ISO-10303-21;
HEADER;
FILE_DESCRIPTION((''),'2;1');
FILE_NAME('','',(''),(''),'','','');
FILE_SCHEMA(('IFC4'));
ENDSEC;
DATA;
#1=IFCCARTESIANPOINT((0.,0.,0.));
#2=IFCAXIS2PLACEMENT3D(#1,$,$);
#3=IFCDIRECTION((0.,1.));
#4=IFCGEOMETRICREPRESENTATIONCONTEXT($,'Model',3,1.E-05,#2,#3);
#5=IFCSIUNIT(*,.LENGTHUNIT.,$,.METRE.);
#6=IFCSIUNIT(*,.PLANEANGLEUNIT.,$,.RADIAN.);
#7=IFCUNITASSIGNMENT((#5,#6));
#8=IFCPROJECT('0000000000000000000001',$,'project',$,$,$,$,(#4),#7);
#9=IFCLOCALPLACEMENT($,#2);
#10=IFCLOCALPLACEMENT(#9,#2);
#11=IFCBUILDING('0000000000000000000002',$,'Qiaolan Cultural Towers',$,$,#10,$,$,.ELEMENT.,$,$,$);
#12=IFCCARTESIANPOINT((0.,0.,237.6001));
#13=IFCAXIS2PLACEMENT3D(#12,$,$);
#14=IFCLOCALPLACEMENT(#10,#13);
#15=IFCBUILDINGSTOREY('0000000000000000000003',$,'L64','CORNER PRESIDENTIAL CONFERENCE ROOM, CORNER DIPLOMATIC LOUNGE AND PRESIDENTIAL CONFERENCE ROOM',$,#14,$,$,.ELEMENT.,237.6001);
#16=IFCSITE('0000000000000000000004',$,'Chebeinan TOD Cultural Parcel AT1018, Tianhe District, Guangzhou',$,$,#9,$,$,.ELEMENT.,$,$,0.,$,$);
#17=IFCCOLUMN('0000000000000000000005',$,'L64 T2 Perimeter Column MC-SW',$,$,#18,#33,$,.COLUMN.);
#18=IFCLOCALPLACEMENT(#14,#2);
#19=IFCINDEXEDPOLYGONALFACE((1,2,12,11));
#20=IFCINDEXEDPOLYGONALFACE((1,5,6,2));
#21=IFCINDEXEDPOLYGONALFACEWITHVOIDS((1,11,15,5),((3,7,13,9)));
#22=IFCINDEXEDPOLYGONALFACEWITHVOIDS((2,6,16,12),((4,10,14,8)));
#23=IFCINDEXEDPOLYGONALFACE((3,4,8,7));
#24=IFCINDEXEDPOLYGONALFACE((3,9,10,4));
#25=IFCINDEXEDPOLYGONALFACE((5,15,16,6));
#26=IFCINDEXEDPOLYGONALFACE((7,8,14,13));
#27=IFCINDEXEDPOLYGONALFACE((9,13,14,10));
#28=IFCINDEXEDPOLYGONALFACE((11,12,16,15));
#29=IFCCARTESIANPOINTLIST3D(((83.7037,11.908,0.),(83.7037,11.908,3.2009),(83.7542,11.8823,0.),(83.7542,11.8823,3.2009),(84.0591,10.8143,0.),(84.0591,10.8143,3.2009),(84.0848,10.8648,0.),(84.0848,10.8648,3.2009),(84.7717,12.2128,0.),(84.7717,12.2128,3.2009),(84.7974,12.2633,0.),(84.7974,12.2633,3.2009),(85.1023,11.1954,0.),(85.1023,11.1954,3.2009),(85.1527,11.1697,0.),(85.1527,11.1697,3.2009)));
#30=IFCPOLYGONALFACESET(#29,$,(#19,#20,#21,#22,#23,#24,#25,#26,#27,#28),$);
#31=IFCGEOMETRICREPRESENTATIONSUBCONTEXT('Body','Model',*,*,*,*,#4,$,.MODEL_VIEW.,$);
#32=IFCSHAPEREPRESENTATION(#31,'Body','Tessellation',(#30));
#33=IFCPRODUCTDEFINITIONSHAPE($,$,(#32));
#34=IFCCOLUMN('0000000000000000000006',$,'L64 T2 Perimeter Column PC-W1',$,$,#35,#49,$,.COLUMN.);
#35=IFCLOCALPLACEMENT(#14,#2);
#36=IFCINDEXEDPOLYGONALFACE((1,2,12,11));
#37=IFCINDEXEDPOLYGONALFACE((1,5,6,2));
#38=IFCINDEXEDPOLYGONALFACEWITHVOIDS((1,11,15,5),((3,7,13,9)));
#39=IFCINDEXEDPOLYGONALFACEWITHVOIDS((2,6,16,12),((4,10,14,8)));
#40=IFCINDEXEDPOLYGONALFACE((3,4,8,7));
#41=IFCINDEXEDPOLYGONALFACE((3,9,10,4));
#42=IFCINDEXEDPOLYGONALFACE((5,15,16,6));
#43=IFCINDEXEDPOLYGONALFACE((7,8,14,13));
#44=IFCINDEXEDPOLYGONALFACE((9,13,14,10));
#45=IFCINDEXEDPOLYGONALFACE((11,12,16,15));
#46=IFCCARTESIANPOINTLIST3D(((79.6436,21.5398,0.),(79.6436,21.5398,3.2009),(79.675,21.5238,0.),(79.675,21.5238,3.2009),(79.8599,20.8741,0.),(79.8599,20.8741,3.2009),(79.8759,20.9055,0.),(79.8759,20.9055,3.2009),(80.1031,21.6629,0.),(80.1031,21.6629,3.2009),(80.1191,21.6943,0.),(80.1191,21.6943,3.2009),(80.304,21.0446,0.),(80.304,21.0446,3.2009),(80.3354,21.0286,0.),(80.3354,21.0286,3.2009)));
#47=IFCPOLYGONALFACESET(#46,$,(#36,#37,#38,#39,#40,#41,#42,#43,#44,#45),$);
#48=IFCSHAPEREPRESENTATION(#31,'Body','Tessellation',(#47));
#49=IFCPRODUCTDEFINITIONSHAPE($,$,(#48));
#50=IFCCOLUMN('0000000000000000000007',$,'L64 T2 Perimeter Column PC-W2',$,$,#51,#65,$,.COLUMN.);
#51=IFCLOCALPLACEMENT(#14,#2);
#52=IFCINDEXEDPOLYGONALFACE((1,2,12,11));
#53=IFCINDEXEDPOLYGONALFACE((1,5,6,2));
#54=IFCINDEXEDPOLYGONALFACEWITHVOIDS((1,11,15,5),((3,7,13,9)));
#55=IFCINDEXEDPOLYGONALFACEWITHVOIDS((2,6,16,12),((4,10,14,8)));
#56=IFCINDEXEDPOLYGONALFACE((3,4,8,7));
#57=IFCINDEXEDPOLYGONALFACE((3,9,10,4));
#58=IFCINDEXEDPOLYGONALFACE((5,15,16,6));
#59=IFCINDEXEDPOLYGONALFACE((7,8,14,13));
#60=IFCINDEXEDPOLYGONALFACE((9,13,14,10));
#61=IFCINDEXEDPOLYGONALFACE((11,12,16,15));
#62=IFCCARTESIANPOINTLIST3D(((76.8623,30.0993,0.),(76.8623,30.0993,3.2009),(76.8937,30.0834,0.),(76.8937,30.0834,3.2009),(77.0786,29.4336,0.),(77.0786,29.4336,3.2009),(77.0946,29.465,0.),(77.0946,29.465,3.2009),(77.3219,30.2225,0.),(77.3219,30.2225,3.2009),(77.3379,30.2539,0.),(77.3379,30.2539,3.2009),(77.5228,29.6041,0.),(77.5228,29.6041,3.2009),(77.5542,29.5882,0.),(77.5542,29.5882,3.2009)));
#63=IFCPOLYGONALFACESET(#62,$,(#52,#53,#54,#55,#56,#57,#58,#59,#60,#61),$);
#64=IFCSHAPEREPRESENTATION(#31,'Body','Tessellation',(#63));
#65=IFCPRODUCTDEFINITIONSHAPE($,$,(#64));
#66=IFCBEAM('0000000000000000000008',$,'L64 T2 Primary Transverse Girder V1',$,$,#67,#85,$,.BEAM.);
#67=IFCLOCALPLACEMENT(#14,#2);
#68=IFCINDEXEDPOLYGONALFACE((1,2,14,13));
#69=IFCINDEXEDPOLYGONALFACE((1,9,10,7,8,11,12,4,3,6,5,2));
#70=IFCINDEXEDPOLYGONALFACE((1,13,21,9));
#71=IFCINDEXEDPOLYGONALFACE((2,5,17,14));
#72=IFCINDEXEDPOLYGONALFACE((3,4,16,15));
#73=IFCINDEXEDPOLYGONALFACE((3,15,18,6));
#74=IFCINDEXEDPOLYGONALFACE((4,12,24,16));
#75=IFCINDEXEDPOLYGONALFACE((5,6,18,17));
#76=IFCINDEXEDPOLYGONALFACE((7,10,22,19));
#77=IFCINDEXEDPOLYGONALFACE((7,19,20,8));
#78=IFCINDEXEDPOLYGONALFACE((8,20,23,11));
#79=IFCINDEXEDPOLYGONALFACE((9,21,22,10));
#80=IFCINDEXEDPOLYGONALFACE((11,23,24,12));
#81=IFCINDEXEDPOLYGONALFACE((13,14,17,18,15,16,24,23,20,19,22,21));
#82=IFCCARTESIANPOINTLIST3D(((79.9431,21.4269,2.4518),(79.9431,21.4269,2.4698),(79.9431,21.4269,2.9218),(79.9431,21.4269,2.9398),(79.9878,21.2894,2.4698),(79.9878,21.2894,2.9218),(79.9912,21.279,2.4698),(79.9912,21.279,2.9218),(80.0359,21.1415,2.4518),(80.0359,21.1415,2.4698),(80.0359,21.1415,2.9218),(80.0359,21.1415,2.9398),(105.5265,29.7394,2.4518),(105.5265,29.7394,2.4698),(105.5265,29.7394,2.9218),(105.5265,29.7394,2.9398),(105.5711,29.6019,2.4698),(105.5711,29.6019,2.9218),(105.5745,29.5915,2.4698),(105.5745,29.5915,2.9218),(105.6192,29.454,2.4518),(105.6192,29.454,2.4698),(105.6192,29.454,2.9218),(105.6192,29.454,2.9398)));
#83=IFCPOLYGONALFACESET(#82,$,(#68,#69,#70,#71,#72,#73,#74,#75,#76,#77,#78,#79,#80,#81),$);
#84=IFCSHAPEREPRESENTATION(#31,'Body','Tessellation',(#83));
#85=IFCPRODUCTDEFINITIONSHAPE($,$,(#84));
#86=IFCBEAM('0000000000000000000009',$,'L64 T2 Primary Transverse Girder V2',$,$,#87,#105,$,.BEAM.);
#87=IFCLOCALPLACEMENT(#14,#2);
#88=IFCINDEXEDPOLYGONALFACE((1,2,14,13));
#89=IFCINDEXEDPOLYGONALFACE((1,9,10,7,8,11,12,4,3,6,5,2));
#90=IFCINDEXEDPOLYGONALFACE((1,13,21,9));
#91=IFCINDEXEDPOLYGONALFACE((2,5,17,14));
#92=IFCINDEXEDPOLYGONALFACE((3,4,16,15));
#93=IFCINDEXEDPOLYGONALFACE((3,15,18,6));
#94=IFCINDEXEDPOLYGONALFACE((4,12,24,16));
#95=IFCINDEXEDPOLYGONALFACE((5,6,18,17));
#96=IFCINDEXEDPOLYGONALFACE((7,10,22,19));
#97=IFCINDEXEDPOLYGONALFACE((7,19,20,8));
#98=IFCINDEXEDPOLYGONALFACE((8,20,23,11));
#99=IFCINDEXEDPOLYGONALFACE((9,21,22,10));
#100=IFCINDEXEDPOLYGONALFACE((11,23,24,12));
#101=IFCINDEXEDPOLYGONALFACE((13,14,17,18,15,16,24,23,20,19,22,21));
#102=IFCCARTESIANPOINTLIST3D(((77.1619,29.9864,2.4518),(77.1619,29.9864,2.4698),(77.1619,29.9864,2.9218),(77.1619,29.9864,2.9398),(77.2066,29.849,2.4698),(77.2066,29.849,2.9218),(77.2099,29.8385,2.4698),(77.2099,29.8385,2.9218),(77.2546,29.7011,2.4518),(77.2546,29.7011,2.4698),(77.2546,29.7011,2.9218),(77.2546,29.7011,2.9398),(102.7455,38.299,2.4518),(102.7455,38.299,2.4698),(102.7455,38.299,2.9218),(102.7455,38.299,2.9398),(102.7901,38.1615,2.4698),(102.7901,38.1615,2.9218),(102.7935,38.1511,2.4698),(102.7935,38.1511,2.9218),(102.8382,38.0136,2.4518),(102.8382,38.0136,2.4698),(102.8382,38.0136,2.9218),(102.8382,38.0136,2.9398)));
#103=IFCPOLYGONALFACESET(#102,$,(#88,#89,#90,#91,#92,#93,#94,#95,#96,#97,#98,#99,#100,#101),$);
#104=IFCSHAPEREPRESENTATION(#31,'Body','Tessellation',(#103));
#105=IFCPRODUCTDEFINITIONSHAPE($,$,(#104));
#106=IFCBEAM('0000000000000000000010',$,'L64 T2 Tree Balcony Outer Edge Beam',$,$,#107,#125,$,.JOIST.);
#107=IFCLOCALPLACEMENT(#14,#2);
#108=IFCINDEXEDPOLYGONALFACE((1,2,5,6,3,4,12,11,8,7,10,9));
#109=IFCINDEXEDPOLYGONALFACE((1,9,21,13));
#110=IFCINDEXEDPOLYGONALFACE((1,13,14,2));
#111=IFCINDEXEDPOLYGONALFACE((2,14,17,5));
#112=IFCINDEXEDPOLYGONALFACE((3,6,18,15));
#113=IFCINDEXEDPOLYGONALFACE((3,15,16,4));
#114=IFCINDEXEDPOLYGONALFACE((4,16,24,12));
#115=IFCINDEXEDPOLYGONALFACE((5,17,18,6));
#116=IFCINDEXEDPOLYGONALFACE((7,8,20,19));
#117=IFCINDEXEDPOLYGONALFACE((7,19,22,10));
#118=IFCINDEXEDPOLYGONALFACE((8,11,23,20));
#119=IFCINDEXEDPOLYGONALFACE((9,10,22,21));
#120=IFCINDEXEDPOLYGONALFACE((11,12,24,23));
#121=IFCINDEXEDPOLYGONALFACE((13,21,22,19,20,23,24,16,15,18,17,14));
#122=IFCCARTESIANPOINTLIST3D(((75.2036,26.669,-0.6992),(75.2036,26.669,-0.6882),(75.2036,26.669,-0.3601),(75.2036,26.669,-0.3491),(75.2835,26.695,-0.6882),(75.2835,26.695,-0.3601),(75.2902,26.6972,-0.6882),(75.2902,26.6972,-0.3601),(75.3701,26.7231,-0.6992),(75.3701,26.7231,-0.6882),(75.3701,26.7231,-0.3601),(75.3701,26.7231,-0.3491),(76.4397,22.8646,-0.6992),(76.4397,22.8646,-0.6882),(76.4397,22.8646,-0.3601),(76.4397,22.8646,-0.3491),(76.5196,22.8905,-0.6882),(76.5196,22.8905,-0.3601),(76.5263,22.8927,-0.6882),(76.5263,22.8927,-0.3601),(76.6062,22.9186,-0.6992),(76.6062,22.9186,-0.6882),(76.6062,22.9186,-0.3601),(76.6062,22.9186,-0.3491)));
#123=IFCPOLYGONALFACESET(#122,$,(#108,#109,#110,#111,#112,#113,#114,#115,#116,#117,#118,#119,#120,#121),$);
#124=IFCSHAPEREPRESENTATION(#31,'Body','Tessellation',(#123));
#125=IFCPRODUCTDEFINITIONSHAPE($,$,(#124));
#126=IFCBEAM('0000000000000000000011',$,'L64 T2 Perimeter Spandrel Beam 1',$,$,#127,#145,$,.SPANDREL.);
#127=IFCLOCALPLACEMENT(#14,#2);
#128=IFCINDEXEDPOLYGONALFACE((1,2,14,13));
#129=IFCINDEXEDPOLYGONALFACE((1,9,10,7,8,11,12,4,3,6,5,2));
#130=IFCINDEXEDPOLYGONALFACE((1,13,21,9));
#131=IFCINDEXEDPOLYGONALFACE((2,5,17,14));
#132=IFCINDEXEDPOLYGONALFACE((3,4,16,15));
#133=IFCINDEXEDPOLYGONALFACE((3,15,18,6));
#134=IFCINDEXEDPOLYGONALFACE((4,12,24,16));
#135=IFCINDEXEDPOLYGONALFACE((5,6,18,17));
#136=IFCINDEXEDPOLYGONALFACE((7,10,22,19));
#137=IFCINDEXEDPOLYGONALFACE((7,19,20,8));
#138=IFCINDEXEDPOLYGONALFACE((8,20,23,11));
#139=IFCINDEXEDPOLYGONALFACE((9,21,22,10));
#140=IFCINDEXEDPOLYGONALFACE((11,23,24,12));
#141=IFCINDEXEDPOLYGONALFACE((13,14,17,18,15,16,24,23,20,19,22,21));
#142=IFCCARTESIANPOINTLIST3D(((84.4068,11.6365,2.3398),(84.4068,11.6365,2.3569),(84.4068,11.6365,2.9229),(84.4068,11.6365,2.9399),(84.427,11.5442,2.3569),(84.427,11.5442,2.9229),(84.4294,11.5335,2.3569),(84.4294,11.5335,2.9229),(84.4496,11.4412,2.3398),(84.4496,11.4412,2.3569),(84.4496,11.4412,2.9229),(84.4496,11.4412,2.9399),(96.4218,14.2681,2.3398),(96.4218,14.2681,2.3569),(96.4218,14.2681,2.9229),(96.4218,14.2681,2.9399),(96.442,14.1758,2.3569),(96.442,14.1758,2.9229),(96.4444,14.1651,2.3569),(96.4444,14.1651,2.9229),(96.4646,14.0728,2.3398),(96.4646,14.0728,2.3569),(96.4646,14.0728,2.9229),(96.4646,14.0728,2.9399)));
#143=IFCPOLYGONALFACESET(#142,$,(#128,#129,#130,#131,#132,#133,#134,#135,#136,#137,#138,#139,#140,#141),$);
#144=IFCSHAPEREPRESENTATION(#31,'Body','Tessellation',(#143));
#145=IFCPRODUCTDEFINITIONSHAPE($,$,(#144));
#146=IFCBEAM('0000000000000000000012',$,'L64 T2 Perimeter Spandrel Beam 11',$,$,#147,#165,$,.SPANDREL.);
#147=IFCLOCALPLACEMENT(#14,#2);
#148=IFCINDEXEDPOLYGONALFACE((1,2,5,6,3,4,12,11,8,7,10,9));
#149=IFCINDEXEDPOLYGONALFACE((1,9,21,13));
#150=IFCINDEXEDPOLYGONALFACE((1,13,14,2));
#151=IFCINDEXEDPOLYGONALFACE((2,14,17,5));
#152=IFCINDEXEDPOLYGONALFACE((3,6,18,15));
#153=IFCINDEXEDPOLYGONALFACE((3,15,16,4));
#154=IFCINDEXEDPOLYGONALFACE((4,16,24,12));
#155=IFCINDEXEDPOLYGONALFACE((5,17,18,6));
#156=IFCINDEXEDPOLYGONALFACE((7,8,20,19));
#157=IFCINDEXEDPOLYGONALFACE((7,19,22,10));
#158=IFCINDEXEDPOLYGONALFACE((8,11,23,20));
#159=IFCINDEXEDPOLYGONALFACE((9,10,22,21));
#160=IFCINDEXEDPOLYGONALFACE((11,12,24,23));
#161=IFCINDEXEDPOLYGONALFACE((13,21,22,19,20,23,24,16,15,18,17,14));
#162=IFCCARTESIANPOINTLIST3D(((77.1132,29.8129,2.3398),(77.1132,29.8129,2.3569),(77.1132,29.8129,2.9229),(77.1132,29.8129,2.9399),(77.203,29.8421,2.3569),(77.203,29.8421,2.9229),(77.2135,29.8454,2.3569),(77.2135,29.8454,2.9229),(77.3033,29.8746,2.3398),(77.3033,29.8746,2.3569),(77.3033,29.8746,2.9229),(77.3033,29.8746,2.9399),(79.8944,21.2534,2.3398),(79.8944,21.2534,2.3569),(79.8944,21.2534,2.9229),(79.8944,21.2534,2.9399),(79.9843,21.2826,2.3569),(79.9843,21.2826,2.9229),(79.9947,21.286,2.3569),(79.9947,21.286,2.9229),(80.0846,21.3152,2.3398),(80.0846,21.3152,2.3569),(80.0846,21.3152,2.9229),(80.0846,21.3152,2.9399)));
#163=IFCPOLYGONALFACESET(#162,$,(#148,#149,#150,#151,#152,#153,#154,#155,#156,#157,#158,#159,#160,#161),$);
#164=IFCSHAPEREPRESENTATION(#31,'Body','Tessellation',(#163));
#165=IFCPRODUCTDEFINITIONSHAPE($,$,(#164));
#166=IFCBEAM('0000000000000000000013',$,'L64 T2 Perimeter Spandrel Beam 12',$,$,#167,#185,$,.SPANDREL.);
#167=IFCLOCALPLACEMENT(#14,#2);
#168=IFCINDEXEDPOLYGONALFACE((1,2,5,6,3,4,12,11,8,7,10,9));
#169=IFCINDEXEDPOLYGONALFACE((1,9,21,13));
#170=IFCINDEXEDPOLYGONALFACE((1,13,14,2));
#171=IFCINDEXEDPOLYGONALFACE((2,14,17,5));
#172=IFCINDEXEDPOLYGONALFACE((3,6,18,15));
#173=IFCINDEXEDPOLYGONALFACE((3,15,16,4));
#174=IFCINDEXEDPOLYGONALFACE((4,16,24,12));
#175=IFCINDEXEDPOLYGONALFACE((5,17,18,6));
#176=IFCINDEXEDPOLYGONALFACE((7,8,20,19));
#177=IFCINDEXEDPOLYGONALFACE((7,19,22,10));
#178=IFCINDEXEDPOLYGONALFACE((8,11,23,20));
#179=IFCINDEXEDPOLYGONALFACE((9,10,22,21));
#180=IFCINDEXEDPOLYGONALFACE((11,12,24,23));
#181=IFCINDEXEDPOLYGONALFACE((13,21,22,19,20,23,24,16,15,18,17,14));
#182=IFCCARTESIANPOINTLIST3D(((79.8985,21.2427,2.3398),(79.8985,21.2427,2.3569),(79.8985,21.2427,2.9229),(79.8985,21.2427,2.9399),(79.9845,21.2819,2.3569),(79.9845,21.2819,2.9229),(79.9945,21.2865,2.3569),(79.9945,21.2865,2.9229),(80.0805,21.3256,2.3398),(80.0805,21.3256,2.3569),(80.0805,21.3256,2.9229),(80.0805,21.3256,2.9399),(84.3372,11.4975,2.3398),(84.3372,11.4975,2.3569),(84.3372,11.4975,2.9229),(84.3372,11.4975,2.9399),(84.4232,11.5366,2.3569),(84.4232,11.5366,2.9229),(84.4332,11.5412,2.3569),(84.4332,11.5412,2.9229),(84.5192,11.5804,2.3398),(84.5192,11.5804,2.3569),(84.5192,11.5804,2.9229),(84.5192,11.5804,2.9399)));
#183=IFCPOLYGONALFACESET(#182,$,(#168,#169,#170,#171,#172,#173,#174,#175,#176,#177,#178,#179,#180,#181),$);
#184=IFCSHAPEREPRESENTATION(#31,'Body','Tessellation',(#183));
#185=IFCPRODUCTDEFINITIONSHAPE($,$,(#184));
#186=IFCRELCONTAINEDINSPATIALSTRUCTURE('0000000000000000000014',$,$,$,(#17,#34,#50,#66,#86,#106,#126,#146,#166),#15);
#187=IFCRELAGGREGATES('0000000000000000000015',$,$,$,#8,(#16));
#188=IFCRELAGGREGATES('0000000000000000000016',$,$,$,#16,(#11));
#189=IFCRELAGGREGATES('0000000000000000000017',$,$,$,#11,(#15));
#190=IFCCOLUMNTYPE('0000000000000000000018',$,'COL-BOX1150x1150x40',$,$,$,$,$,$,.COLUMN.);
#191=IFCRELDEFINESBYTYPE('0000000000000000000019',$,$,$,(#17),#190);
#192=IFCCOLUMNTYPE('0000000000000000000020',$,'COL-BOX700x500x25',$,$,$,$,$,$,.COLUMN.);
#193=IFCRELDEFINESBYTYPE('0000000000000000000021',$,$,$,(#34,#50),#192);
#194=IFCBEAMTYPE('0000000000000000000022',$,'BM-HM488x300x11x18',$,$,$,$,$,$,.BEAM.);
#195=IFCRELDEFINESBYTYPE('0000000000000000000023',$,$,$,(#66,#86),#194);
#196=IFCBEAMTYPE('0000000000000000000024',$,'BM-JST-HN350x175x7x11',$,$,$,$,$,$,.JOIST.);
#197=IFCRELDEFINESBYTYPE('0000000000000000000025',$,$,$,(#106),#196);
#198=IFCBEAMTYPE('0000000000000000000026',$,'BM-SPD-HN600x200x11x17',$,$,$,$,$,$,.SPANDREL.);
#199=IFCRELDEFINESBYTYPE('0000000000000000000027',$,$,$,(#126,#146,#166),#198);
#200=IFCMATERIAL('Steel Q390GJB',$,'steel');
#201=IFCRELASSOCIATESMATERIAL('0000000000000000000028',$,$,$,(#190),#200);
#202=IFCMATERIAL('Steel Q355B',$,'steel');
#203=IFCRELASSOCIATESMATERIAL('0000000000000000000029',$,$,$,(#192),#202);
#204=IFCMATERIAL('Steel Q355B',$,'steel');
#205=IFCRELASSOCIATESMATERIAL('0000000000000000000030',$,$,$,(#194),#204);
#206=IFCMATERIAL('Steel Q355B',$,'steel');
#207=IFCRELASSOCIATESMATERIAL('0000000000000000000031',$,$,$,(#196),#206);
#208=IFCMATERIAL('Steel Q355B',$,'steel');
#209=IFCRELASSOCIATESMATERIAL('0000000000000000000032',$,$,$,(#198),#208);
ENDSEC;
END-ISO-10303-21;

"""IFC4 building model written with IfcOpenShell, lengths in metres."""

from ifc_helpers import new_model, si_unit, direction, frame, origin, origin_2d, place, context, subcontext, project, spatial, hollow_rectangle, i_section, extrude, material, material_profile, profile_set, type_object, element, save


model = new_model("IFC4")

# Units and contexts
model_context = context("Model", 3, precision=1e-05, world=origin(), true_north=direction((0.0, 1.0)))
body_context = subcontext(model_context, "Body", "Model", "MODEL_VIEW")
ifc_project = project(units=[si_unit("LENGTHUNIT", "METRE"), si_unit("PLANEANGLEUNIT", "RADIAN")], contexts=[model_context])

# Site, building, storey
site_placement = place(None, origin())
site = spatial("IfcSite", under=ifc_project, at=site_placement, Name="Chebeinan TOD Cultural Parcel AT1018, Tianhe District, Guangzhou", CompositionType="ELEMENT", RefElevation=0.0)
building_placement = place(site_placement, origin())
building = spatial("IfcBuilding", under=site, at=building_placement, Name="Qiaolan Cultural Towers", CompositionType="ELEMENT")
storey_placement = place(building_placement, frame((0.0, 0.0, 237.6001)))
storey = spatial("IfcBuildingStorey", under=building, at=storey_placement, Name="L64", Description="CORNER PRESIDENTIAL CONFERENCE ROOM, CORNER DIPLOMATIC LOUNGE AND PRESIDENTIAL CONFERENCE ROOM", CompositionType="ELEMENT", Elevation=237.6001)

# Columns
ifc_material_1 = material(Name="Steel Q390GJB", Category="steel")
ifc_material_profile_1 = material_profile(ifc_material_1, hollow_rectangle(XDim=1.1499, YDim=1.1499, WallThickness=0.04, at=origin_2d()), Name="BOX1150x1150x40")
ifc_profile_set_1 = profile_set([ifc_material_profile_1], Name="Steel Q390GJB")
column_type_1 = type_object("IfcColumnType", Name="COL-BOX1150x1150x40", PredefinedType="COLUMN", material=ifc_profile_set_1)
column_placement = place(storey_placement, frame((84.4282, 11.5388, 0.0), z_axis=(0.0, 0.0, 1.0), x_axis=(0.951057, 0.309017, 0.0)))
element("IfcColumn", 1, at=column_placement, inside=storey, type_object=column_type_1, Name="L64 T2 Perimeter Column MC-SW", PredefinedType="COLUMN", context=body_context, shape_type="SweptSolid", body=[
    extrude(hollow_rectangle(XDim=1.1499, YDim=1.1499, WallThickness=0.04, at=origin_2d()), origin(), (0.0, 0.0, 1.0), 3.2009),
])
ifc_material_2 = material(Name="Steel Q355B", Category="steel")
ifc_material_profile_2 = material_profile(ifc_material_2, hollow_rectangle(XDim=0.5, YDim=0.7, WallThickness=0.0249, at=origin_2d()), Name="BOX700x500x25")
ifc_profile_set_2 = profile_set([ifc_material_profile_2], Name="Steel Q355B")
column_type_2 = type_object("IfcColumnType", Name="COL-BOX700x500x25", PredefinedType="COLUMN", material=ifc_profile_set_2)
for number, where, z_axis, x_axis, name in (
    (2, (79.9895, 21.2842, 0.0), (0.0, 0.0, 1.0), (0.951057, 0.309017, 0.0), "L64 T2 Perimeter Column PC-W1"),
    (3, (77.2083, 29.8438, 0.0), (0.0, 0.0, 1.0), (0.951057, 0.309017, 0.0), "L64 T2 Perimeter Column PC-W2"),
):
    element("IfcColumn", number, at=place(storey_placement, frame(where, z_axis=z_axis, x_axis=x_axis)), inside=storey, type_object=column_type_2, Name=name, PredefinedType="COLUMN", context=body_context, shape_type="SweptSolid", body=[
        extrude(hollow_rectangle(XDim=0.5, YDim=0.7, WallThickness=0.0249, at=origin_2d()), origin(), (0.0, 0.0, 1.0), 3.2009),
    ])

# Beams
ifc_material_3 = material(Name="Steel Q355B", Category="steel")
ifc_material_profile_3 = material_profile(ifc_material_3, i_section(OverallWidth=0.3, OverallDepth=0.488, WebThickness=0.011, FlangeThickness=0.0181, at=origin_2d()), Name="HM488x300x11x18")
ifc_profile_set_3 = profile_set([ifc_material_profile_3], Name="Steel Q355B")
beam_type_1 = type_object("IfcBeamType", Name="BM-HM488x300x11x18", PredefinedType="BEAM", material=ifc_profile_set_3)
beam_1_placement = place(storey_placement, frame((79.9895, 21.2842, 2.6958), z_axis=(0.951057, 0.309017, 0.0), x_axis=(-0.309017, 0.951057, 0.0)))
element("IfcBeam", 4, at=beam_1_placement, inside=storey, type_object=beam_type_1, Name="L64 T2 Primary Transverse Girder V1", PredefinedType="BEAM", context=body_context, shape_type="SweptSolid", body=[
    extrude(i_section(OverallWidth=0.3, OverallDepth=0.488, WebThickness=0.011, FlangeThickness=0.0181, at=origin_2d()), origin(), (0.0, 0.0, 1.0), 26.8999),
])
beam_2_placement = place(storey_placement, frame((77.2083, 29.8438, 2.6958), z_axis=(0.951057, 0.309014, 0.0), x_axis=(-0.309014, 0.951057, 0.0)))
element("IfcBeam", 5, at=beam_2_placement, inside=storey, type_object=beam_type_1, Name="L64 T2 Primary Transverse Girder V2", PredefinedType="BEAM", context=body_context, shape_type="SweptSolid", body=[
    extrude(i_section(OverallWidth=0.3, OverallDepth=0.488, WebThickness=0.011, FlangeThickness=0.0181, at=origin_2d()), origin(), (0.0, 0.0, 1.0), 26.9001),
])
ifc_material_4 = material(Name="Steel Q355B", Category="steel")
ifc_material_profile_4 = material_profile(ifc_material_4, i_section(OverallWidth=0.175, OverallDepth=0.3501, WebThickness=0.0071, FlangeThickness=0.011, at=origin_2d()), Name="HN350x175x7x11")
ifc_profile_set_4 = profile_set([ifc_material_profile_4], Name="Steel Q355B")
beam_type_2 = type_object("IfcBeamType", Name="BM-JST-HN350x175x7x11", PredefinedType="JOIST", material=ifc_profile_set_4)
beam_3_placement = place(storey_placement, frame((76.5229, 22.8916, -0.5242), z_axis=(-0.309005, 0.951061, 0.0), x_axis=(-0.951061, -0.309005, 0.0)))
element("IfcBeam", 6, at=beam_3_placement, inside=storey, type_object=beam_type_2, Name="L64 T2 Tree Balcony Outer Edge Beam", PredefinedType="JOIST", context=body_context, shape_type="SweptSolid", body=[
    extrude(i_section(OverallWidth=0.175, OverallDepth=0.3501, WebThickness=0.0071, FlangeThickness=0.011, at=origin_2d()), origin(), (0.0, 0.0, 1.0), 4.0002),
])
ifc_material_5 = material(Name="Steel Q355B", Category="steel")
ifc_material_profile_5 = material_profile(ifc_material_5, i_section(OverallWidth=0.2, OverallDepth=0.6001, WebThickness=0.011, FlangeThickness=0.0171, at=origin_2d()), Name="HN600x200x11x17")
ifc_profile_set_5 = profile_set([ifc_material_profile_5], Name="Steel Q355B")
beam_type_3 = type_object("IfcBeamType", Name="BM-SPD-HN600x200x11x17", PredefinedType="SPANDREL", material=ifc_profile_set_5)
beam_4_placement = place(storey_placement, frame((84.4282, 11.5388, 2.6399), z_axis=(0.976843, 0.213956, 0.0), x_axis=(-0.213956, 0.976843, 0.0)))
element("IfcBeam", 7, at=beam_4_placement, inside=storey, type_object=beam_type_3, Name="L64 T2 Perimeter Spandrel Beam 1", PredefinedType="SPANDREL", context=body_context, shape_type="SweptSolid", body=[
    extrude(i_section(OverallWidth=0.2, OverallDepth=0.6001, WebThickness=0.011, FlangeThickness=0.0171, at=origin_2d()), origin(), (0.0, 0.0, 1.0), 12.2998),
])
beam_5_placement = place(storey_placement, frame((77.2083, 29.8438, 2.6399), z_axis=(0.309025, -0.951054, 0.0), x_axis=(0.951054, 0.309025, 0.0)))
element("IfcBeam", 8, at=beam_5_placement, inside=storey, type_object=beam_type_3, Name="L64 T2 Perimeter Spandrel Beam 11", PredefinedType="SPANDREL", context=body_context, shape_type="SweptSolid", body=[
    extrude(i_section(OverallWidth=0.2, OverallDepth=0.6001, WebThickness=0.011, FlangeThickness=0.0171, at=origin_2d()), origin(), (0.0, 0.0, 1.0), 9.0),
])
beam_6_placement = place(storey_placement, frame((79.9895, 21.2842, 2.6399), z_axis=(0.4145, -0.910049, 0.0), x_axis=(0.910049, 0.4145, 0.0)))
element("IfcBeam", 9, at=beam_6_placement, inside=storey, type_object=beam_type_3, Name="L64 T2 Perimeter Spandrel Beam 12", PredefinedType="SPANDREL", context=body_context, shape_type="SweptSolid", body=[
    extrude(i_section(OverallWidth=0.2, OverallDepth=0.6001, WebThickness=0.011, FlangeThickness=0.0171, at=origin_2d()), origin(), (0.0, 0.0, 1.0), 10.7085),
])

save(model, "model.ifc")
